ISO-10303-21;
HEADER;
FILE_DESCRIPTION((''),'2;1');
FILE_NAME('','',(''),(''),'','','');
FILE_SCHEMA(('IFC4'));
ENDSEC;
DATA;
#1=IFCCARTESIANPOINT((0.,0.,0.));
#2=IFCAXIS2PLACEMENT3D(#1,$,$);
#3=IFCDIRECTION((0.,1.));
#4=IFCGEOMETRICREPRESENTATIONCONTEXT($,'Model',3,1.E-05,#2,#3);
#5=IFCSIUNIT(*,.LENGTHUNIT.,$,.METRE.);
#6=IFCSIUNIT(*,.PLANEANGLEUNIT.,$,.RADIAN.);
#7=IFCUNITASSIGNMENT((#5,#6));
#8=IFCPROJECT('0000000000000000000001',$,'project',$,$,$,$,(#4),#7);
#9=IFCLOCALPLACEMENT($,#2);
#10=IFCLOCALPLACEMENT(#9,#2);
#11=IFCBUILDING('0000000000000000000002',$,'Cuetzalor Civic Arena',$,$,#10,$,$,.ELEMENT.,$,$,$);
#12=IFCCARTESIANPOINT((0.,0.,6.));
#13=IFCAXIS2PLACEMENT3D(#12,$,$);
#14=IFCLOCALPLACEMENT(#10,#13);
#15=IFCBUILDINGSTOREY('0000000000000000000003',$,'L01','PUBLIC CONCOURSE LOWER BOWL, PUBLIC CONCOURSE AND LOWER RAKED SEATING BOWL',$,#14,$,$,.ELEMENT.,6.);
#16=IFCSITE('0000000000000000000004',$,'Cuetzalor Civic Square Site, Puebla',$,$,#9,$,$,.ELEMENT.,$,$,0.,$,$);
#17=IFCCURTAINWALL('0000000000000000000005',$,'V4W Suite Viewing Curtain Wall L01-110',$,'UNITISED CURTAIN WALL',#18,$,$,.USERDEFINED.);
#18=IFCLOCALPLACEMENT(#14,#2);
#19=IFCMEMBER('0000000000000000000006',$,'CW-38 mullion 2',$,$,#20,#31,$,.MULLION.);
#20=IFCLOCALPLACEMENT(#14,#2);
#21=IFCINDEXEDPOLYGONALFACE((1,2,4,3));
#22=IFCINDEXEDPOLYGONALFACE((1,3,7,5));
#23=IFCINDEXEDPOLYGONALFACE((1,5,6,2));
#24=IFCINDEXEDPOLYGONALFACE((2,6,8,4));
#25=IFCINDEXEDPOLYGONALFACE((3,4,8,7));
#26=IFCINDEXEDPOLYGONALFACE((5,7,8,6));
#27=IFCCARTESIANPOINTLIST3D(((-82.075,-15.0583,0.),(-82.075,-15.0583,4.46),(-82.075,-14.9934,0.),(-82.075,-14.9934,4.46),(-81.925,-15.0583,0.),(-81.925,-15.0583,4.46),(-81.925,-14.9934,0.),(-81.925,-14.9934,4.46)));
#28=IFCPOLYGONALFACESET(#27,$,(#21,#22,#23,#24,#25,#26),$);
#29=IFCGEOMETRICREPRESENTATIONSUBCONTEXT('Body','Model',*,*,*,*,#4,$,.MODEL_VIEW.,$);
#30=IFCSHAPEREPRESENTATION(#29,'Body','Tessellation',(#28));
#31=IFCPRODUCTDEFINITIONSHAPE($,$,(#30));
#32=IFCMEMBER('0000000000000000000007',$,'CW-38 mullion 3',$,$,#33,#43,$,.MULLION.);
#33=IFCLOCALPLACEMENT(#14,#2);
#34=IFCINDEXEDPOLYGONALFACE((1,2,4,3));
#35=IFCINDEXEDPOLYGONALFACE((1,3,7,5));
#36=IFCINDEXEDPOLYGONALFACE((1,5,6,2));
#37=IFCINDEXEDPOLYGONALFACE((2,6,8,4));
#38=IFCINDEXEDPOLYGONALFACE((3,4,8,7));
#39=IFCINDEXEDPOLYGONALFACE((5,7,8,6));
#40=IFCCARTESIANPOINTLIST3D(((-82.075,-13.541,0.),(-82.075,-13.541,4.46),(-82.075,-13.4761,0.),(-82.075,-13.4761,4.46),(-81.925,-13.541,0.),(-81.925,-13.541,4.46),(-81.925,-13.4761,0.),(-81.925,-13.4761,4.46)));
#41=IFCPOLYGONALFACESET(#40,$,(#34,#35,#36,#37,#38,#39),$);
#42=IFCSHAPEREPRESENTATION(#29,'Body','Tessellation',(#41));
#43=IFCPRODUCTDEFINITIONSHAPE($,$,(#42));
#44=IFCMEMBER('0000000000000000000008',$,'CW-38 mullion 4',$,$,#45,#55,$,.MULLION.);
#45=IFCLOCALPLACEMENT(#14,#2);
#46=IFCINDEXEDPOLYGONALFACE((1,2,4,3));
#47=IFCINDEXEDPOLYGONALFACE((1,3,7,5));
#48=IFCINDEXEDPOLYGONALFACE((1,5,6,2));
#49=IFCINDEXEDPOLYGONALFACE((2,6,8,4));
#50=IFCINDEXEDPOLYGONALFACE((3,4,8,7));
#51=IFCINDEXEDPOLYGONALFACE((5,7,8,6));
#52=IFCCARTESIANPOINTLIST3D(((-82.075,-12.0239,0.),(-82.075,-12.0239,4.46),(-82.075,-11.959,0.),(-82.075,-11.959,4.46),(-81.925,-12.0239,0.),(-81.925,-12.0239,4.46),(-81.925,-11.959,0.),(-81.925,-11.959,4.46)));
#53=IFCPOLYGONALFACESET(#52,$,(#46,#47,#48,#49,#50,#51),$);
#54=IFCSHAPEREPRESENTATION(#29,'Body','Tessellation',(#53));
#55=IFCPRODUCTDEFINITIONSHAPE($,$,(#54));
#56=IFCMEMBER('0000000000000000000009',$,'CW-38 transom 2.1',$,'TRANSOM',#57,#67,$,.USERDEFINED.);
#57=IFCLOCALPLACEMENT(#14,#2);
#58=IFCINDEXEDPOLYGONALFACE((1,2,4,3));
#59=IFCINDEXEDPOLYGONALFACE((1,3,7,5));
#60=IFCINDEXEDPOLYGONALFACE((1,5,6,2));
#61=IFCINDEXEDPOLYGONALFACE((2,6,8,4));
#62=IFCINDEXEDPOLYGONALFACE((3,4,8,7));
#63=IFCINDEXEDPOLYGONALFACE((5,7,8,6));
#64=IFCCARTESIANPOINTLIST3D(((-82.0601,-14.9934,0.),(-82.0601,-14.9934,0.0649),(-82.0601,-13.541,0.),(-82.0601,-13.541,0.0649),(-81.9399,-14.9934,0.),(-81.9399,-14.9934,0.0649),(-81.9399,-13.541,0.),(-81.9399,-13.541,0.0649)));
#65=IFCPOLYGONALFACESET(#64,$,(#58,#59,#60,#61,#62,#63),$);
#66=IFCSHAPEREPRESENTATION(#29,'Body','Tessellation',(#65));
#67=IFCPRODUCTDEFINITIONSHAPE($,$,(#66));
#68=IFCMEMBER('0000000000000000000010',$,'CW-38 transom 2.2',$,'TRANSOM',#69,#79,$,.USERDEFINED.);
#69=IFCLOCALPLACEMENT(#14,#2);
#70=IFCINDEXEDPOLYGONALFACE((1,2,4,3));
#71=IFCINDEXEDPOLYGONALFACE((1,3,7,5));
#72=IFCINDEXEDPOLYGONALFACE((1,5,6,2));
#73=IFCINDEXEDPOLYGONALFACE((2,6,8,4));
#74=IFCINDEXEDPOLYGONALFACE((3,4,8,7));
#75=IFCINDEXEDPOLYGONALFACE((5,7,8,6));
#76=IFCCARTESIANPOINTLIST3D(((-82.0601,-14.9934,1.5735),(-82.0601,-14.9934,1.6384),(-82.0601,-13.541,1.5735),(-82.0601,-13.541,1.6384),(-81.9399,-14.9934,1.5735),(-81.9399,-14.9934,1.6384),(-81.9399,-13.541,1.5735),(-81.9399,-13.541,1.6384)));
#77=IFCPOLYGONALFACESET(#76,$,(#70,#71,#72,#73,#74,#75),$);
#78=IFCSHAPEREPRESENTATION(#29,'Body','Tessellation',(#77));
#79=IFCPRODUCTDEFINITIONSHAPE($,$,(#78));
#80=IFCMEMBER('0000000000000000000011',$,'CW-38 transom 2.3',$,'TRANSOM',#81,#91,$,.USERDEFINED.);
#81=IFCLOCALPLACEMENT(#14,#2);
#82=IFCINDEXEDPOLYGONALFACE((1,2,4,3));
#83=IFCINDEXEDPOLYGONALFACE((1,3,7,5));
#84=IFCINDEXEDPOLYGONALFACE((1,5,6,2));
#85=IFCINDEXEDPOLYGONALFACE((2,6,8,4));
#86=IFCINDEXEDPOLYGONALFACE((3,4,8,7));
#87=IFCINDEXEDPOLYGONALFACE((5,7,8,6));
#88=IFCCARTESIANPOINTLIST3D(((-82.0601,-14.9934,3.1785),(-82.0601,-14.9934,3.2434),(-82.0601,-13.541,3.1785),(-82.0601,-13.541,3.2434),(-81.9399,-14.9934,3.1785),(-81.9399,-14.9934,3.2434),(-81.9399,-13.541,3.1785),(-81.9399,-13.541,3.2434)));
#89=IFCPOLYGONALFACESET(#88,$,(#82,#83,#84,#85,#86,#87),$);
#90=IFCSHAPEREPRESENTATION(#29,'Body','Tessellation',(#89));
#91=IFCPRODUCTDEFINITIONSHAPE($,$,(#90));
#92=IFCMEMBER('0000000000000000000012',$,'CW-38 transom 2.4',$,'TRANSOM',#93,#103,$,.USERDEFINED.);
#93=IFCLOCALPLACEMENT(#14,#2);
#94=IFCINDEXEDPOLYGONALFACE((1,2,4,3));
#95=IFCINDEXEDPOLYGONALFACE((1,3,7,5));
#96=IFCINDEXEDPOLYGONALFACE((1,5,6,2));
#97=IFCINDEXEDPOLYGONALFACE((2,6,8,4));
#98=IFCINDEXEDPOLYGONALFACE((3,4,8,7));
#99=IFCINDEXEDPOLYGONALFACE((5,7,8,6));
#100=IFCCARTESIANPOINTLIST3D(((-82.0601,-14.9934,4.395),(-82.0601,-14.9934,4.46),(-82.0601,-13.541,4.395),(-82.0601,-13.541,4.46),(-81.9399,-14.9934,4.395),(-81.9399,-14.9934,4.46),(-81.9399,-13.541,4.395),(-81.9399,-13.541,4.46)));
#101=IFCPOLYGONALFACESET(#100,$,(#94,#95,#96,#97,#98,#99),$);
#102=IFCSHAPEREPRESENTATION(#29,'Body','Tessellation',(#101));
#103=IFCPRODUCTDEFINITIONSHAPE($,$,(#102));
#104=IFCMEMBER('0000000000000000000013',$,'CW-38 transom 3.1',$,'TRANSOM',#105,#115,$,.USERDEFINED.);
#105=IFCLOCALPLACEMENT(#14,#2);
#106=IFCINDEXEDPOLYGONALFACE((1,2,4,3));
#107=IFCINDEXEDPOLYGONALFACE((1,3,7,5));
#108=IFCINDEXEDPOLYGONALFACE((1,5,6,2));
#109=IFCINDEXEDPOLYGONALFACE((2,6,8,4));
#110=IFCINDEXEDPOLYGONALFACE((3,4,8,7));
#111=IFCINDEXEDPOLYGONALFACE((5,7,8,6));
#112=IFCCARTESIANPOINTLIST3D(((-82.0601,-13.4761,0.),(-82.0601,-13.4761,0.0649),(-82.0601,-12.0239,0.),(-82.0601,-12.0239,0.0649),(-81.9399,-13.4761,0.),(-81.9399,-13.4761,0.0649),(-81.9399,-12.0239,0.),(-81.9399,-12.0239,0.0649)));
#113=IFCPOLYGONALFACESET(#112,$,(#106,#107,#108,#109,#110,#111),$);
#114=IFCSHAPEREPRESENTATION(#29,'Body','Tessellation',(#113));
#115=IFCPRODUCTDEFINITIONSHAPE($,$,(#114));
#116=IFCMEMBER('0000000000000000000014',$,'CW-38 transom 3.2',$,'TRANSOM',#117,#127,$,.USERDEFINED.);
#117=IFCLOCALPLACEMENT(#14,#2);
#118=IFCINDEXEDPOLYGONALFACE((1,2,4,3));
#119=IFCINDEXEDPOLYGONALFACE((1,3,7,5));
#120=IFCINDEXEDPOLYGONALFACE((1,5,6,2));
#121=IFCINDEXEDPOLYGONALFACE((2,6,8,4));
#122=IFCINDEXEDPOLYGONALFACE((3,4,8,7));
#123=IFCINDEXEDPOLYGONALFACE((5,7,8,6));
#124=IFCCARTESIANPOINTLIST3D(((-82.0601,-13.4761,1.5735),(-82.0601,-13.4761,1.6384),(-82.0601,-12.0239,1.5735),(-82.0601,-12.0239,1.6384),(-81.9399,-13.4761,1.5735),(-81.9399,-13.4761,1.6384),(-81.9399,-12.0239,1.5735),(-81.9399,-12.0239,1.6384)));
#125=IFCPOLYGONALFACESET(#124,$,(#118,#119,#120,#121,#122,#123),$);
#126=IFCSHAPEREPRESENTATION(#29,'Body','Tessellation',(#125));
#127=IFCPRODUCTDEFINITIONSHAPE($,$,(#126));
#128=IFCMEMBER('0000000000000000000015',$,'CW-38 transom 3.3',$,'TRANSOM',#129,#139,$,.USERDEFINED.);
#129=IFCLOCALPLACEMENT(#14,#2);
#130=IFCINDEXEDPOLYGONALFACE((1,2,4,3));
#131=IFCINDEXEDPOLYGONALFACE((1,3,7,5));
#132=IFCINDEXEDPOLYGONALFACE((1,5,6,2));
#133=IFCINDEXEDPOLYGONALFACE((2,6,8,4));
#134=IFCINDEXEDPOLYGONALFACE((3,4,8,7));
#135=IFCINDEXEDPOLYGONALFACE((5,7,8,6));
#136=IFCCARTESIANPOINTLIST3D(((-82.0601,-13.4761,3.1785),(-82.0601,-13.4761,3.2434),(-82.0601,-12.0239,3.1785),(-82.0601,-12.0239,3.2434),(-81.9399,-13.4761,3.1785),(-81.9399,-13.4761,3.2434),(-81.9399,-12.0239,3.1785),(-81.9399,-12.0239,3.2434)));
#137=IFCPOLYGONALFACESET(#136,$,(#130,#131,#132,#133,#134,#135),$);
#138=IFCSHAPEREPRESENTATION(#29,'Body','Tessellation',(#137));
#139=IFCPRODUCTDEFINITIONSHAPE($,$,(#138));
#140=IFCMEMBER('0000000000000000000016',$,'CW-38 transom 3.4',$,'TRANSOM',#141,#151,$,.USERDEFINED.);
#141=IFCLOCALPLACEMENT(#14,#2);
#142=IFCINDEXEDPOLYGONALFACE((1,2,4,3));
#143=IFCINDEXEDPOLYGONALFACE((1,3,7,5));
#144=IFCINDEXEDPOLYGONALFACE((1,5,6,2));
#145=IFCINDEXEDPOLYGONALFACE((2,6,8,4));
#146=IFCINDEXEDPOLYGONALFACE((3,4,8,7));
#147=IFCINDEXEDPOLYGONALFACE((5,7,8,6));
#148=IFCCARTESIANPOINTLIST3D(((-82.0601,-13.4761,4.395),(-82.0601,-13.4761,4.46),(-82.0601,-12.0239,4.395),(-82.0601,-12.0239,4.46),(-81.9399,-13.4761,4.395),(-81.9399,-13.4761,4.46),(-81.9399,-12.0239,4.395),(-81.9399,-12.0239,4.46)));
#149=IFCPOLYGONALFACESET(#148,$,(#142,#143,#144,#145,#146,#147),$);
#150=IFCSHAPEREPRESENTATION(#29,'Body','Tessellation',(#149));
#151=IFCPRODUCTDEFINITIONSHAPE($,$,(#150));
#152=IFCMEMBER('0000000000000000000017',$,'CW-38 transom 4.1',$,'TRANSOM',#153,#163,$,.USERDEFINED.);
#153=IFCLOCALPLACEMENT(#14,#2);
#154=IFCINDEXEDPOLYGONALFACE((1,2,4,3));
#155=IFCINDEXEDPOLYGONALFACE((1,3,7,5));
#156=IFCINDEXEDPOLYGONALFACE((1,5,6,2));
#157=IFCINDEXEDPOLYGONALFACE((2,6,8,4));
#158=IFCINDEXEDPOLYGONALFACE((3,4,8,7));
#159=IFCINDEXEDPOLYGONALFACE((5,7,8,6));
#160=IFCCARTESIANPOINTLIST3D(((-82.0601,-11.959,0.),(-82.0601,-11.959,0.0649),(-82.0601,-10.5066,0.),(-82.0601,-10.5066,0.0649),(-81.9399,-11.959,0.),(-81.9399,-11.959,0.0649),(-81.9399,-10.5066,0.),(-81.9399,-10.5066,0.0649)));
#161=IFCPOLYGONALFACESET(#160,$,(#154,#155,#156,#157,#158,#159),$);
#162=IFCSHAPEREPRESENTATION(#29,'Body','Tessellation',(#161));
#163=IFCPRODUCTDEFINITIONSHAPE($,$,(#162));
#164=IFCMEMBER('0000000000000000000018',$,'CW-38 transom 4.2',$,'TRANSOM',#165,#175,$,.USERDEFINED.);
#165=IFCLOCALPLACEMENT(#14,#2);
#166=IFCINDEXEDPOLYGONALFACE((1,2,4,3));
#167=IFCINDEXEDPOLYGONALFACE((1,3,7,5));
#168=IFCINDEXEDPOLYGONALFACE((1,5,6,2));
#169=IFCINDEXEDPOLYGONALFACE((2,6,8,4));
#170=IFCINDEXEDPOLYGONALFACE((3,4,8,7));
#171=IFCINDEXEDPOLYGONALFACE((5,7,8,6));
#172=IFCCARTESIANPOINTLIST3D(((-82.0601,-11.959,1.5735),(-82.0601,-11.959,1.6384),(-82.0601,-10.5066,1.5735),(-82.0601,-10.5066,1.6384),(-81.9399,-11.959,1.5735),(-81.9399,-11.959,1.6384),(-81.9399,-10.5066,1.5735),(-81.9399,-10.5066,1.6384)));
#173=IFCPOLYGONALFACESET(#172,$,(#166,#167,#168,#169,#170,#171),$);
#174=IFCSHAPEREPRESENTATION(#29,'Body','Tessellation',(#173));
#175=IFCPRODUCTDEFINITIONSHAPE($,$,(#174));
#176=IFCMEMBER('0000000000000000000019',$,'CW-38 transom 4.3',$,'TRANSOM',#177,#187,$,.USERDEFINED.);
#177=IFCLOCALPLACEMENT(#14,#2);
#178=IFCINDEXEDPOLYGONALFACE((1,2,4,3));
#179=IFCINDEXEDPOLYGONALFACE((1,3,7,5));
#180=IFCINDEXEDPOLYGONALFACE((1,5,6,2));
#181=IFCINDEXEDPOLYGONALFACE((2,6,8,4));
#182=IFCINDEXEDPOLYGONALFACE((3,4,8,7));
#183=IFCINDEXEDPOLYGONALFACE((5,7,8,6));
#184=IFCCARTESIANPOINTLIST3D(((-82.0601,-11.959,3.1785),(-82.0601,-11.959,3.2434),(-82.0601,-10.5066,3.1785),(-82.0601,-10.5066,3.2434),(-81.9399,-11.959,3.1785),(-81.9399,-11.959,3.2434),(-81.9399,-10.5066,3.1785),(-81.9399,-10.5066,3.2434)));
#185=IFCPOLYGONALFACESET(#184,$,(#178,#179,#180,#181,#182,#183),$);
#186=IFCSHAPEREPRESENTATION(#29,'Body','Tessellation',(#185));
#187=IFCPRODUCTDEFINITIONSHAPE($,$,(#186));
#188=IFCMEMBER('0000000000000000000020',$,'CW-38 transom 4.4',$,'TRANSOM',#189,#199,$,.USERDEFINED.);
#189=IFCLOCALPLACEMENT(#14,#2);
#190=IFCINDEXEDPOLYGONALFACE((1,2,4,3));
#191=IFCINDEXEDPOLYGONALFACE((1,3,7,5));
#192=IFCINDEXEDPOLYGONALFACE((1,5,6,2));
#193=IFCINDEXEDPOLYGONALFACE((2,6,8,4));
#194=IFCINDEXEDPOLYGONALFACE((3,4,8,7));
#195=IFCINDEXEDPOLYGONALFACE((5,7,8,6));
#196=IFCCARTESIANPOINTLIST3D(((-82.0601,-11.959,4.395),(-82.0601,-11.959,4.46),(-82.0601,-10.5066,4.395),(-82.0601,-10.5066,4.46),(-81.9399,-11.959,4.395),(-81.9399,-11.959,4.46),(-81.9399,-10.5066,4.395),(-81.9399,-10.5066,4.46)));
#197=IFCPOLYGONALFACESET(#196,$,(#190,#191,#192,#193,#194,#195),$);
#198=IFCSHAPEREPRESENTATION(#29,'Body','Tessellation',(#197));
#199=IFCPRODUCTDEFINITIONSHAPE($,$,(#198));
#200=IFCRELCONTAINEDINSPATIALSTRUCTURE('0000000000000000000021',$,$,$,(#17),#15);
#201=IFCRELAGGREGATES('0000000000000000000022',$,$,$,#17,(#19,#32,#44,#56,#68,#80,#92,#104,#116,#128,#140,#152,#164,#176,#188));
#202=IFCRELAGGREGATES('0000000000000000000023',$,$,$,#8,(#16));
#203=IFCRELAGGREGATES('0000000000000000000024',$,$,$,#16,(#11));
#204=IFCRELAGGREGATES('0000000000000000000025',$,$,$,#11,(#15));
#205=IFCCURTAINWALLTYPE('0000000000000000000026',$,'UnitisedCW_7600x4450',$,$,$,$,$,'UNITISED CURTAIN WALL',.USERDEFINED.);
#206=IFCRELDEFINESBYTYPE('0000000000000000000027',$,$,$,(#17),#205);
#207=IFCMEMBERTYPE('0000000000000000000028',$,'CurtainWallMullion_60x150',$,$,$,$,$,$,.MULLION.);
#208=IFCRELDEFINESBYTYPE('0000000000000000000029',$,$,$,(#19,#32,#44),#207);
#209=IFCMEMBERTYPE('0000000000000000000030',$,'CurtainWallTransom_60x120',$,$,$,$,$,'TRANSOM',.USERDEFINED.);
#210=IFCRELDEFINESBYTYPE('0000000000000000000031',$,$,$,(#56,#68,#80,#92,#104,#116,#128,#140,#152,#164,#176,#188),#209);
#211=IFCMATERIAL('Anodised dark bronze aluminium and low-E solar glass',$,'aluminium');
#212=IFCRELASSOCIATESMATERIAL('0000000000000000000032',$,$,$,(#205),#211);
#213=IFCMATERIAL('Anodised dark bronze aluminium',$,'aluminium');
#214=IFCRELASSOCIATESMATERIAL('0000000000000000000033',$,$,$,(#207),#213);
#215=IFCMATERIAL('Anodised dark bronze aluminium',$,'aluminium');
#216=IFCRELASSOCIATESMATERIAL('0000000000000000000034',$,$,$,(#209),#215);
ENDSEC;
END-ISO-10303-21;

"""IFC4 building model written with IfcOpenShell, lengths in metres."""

from ifc_helpers import new_model, si_unit, direction, frame, origin, origin_2d, place, context, subcontext, project, spatial, rectangle, extrude, material, material_profile, profile_set, type_object, element, aggregate, save


model = new_model("IFC4")

# Units and contexts
model_context = context("Model", 3, precision=1e-05, world=origin(), true_north=direction((0.0, 1.0)))
body_context = subcontext(model_context, "Body", "Model", "MODEL_VIEW")
ifc_project = project(units=[si_unit("LENGTHUNIT", "METRE"), si_unit("PLANEANGLEUNIT", "RADIAN")], contexts=[model_context])

# Site, building, storey
site_placement = place(None, origin())
site = spatial("IfcSite", under=ifc_project, at=site_placement, Name="Cuetzalor Civic Square Site, Puebla", CompositionType="ELEMENT", RefElevation=0.0)
building_placement = place(site_placement, origin())
building = spatial("IfcBuilding", under=site, at=building_placement, Name="Cuetzalor Civic Arena", CompositionType="ELEMENT")
storey_placement = place(building_placement, frame((0.0, 0.0, 6.0)))
storey = spatial("IfcBuildingStorey", under=building, at=storey_placement, Name="L01", Description="PUBLIC CONCOURSE LOWER BOWL, PUBLIC CONCOURSE AND LOWER RAKED SEATING BOWL", CompositionType="ELEMENT", Elevation=6.0)

# Curtain wall, members
ifc_material_1 = material(Name="Anodised dark bronze aluminium and low-E solar glass", Category="aluminium")
curtain_wall_type = type_object("IfcCurtainWallType", Name="UnitisedCW_7600x4450", ElementType="UNITISED CURTAIN WALL", PredefinedType="USERDEFINED", material=ifc_material_1)
curtain_wall_placement = place(storey_placement, origin())
curtain_wall = element("IfcCurtainWall", 1, at=curtain_wall_placement, inside=storey, type_object=curtain_wall_type, Name="V4W Suite Viewing Curtain Wall L01-110", ObjectType="UNITISED CURTAIN WALL", PredefinedType="USERDEFINED")
ifc_material_2 = material(Name="Anodised dark bronze aluminium", Category="aluminium")
ifc_material_profile_1 = material_profile(ifc_material_2, rectangle(XDim=0.0649, YDim=0.1499, at=origin_2d()), Name="ALU MULLION 65x150")
ifc_profile_set_1 = profile_set([ifc_material_profile_1], Name="Anodised dark bronze aluminium")
member_type_1 = type_object("IfcMemberType", Name="CurtainWallMullion_60x150", PredefinedType="MULLION", material=ifc_profile_set_1)
member_1_placement = place(storey_placement, frame((-82.0, -15.0259, 0.0), z_axis=(0.0, 0.0, 1.0), x_axis=(0.0, 1.0, 0.0)))
member_1 = element("IfcMember", 2, at=member_1_placement, type_object=member_type_1, Name="CW-38 mullion 2", PredefinedType="MULLION", context=body_context, shape_type="SweptSolid", body=[
    extrude(rectangle(XDim=0.0649, YDim=0.1499, at=origin_2d()), origin(), (0.0, 0.0, 1.0), 4.46),
])
member_2_placement = place(storey_placement, frame((-82.0, -13.5085, 0.0), z_axis=(0.0, 0.0, 1.0), x_axis=(0.0, 1.0, 0.0)))
member_2 = element("IfcMember", 3, at=member_2_placement, type_object=member_type_1, Name="CW-38 mullion 3", PredefinedType="MULLION", context=body_context, shape_type="SweptSolid", body=[
    extrude(rectangle(XDim=0.0649, YDim=0.1499, at=origin_2d()), origin(), (0.0, 0.0, 1.0), 4.46),
])
member_3_placement = place(storey_placement, frame((-82.0, -11.9915, 0.0), z_axis=(0.0, 0.0, 1.0), x_axis=(0.0, 1.0, 0.0)))
member_3 = element("IfcMember", 4, at=member_3_placement, type_object=member_type_1, Name="CW-38 mullion 4", PredefinedType="MULLION", context=body_context, shape_type="SweptSolid", body=[
    extrude(rectangle(XDim=0.0649, YDim=0.1499, at=origin_2d()), origin(), (0.0, 0.0, 1.0), 4.46),
])
ifc_material_3 = material(Name="Anodised dark bronze aluminium", Category="aluminium")
ifc_material_profile_2 = material_profile(ifc_material_3, rectangle(XDim=0.1201, YDim=0.0649, at=origin_2d()), Name="ALU TRANSOM 65x120")
ifc_profile_set_2 = profile_set([ifc_material_profile_2], Name="Anodised dark bronze aluminium")
member_type_2 = type_object("IfcMemberType", Name="CurtainWallTransom_60x120", ElementType="TRANSOM", PredefinedType="USERDEFINED", material=ifc_profile_set_2)
member_4_placement = place(storey_placement, frame((-82.0, -14.9934, 0.0325), z_axis=(0.0, 1.0, 0.0), x_axis=(-1.0, 0.0, 0.0)))
member_4 = element("IfcMember", 5, at=member_4_placement, type_object=member_type_2, Name="CW-38 transom 2.1", ObjectType="TRANSOM", PredefinedType="USERDEFINED", context=body_context, shape_type="SweptSolid", body=[
    extrude(rectangle(XDim=0.1201, YDim=0.0649, at=origin_2d()), origin(), (0.0, 0.0, 1.0), 1.4524),
])
member_5_placement = place(storey_placement, frame((-82.0, -14.9934, 1.606), z_axis=(0.0, 1.0, 0.0), x_axis=(-1.0, 0.0, 0.0)))
member_5 = element("IfcMember", 6, at=member_5_placement, type_object=member_type_2, Name="CW-38 transom 2.2", ObjectType="TRANSOM", PredefinedType="USERDEFINED", context=body_context, shape_type="SweptSolid", body=[
    extrude(rectangle(XDim=0.1201, YDim=0.0649, at=origin_2d()), origin(), (0.0, 0.0, 1.0), 1.4524),
])
member_6_placement = place(storey_placement, frame((-82.0, -14.9934, 3.2109), z_axis=(0.0, 1.0, 0.0), x_axis=(-1.0, 0.0, 0.0)))
member_6 = element("IfcMember", 7, at=member_6_placement, type_object=member_type_2, Name="CW-38 transom 2.3", ObjectType="TRANSOM", PredefinedType="USERDEFINED", context=body_context, shape_type="SweptSolid", body=[
    extrude(rectangle(XDim=0.1201, YDim=0.0649, at=origin_2d()), origin(), (0.0, 0.0, 1.0), 1.4524),
])
member_7_placement = place(storey_placement, frame((-82.0, -14.9934, 4.4275), z_axis=(0.0, 1.0, 0.0), x_axis=(-1.0, 0.0, 0.0)))
member_7 = element("IfcMember", 8, at=member_7_placement, type_object=member_type_2, Name="CW-38 transom 2.4", ObjectType="TRANSOM", PredefinedType="USERDEFINED", context=body_context, shape_type="SweptSolid", body=[
    extrude(rectangle(XDim=0.1201, YDim=0.0649, at=origin_2d()), origin(), (0.0, 0.0, 1.0), 1.4524),
])
member_8_placement = place(storey_placement, frame((-82.0, -13.4761, 0.0325), z_axis=(0.0, 1.0, 0.0), x_axis=(-1.0, 0.0, 0.0)))
member_8 = element("IfcMember", 9, at=member_8_placement, type_object=member_type_2, Name="CW-38 transom 3.1", ObjectType="TRANSOM", PredefinedType="USERDEFINED", context=body_context, shape_type="SweptSolid", body=[
    extrude(rectangle(XDim=0.1201, YDim=0.0649, at=origin_2d()), origin(), (0.0, 0.0, 1.0), 1.4521),
])
member_9_placement = place(storey_placement, frame((-82.0, -13.4761, 1.606), z_axis=(0.0, 1.0, 0.0), x_axis=(-1.0, 0.0, 0.0)))
member_9 = element("IfcMember", 10, at=member_9_placement, type_object=member_type_2, Name="CW-38 transom 3.2", ObjectType="TRANSOM", PredefinedType="USERDEFINED", context=body_context, shape_type="SweptSolid", body=[
    extrude(rectangle(XDim=0.1201, YDim=0.0649, at=origin_2d()), origin(), (0.0, 0.0, 1.0), 1.4521),
])
member_10_placement = place(storey_placement, frame((-82.0, -13.4761, 3.2109), z_axis=(0.0, 1.0, 0.0), x_axis=(-1.0, 0.0, 0.0)))
member_10 = element("IfcMember", 11, at=member_10_placement, type_object=member_type_2, Name="CW-38 transom 3.3", ObjectType="TRANSOM", PredefinedType="USERDEFINED", context=body_context, shape_type="SweptSolid", body=[
    extrude(rectangle(XDim=0.1201, YDim=0.0649, at=origin_2d()), origin(), (0.0, 0.0, 1.0), 1.4521),
])
member_11_placement = place(storey_placement, frame((-82.0, -13.4761, 4.4275), z_axis=(0.0, 1.0, 0.0), x_axis=(-1.0, 0.0, 0.0)))
member_11 = element("IfcMember", 12, at=member_11_placement, type_object=member_type_2, Name="CW-38 transom 3.4", ObjectType="TRANSOM", PredefinedType="USERDEFINED", context=body_context, shape_type="SweptSolid", body=[
    extrude(rectangle(XDim=0.1201, YDim=0.0649, at=origin_2d()), origin(), (0.0, 0.0, 1.0), 1.4521),
])
member_12_placement = place(storey_placement, frame((-82.0, -11.959, 0.0325), z_axis=(0.0, 1.0, 0.0), x_axis=(-1.0, 0.0, 0.0)))
member_12 = element("IfcMember", 13, at=member_12_placement, type_object=member_type_2, Name="CW-38 transom 4.1", ObjectType="TRANSOM", PredefinedType="USERDEFINED", context=body_context, shape_type="SweptSolid", body=[
    extrude(rectangle(XDim=0.1201, YDim=0.0649, at=origin_2d()), origin(), (0.0, 0.0, 1.0), 1.4524),
])
member_13_placement = place(storey_placement, frame((-82.0, -11.959, 1.606), z_axis=(0.0, 1.0, 0.0), x_axis=(-1.0, 0.0, 0.0)))
member_13 = element("IfcMember", 14, at=member_13_placement, type_object=member_type_2, Name="CW-38 transom 4.2", ObjectType="TRANSOM", PredefinedType="USERDEFINED", context=body_context, shape_type="SweptSolid", body=[
    extrude(rectangle(XDim=0.1201, YDim=0.0649, at=origin_2d()), origin(), (0.0, 0.0, 1.0), 1.4524),
])
member_14_placement = place(storey_placement, frame((-82.0, -11.959, 3.2109), z_axis=(0.0, 1.0, 0.0), x_axis=(-1.0, 0.0, 0.0)))
member_14 = element("IfcMember", 15, at=member_14_placement, type_object=member_type_2, Name="CW-38 transom 4.3", ObjectType="TRANSOM", PredefinedType="USERDEFINED", context=body_context, shape_type="SweptSolid", body=[
    extrude(rectangle(XDim=0.1201, YDim=0.0649, at=origin_2d()), origin(), (0.0, 0.0, 1.0), 1.4524),
])
member_15_placement = place(storey_placement, frame((-82.0, -11.959, 4.4275), z_axis=(0.0, 1.0, 0.0), x_axis=(-1.0, 0.0, 0.0)))
member_15 = element("IfcMember", 16, at=member_15_placement, type_object=member_type_2, Name="CW-38 transom 4.4", ObjectType="TRANSOM", PredefinedType="USERDEFINED", context=body_context, shape_type="SweptSolid", body=[
    extrude(rectangle(XDim=0.1201, YDim=0.0649, at=origin_2d()), origin(), (0.0, 0.0, 1.0), 1.4524),
])
aggregate(curtain_wall, [member_1, member_2, member_3, member_4, member_5, member_6, member_7, member_8, member_9, member_10, member_11, member_12, member_13, member_14, member_15])

save(model, "model.ifc")
